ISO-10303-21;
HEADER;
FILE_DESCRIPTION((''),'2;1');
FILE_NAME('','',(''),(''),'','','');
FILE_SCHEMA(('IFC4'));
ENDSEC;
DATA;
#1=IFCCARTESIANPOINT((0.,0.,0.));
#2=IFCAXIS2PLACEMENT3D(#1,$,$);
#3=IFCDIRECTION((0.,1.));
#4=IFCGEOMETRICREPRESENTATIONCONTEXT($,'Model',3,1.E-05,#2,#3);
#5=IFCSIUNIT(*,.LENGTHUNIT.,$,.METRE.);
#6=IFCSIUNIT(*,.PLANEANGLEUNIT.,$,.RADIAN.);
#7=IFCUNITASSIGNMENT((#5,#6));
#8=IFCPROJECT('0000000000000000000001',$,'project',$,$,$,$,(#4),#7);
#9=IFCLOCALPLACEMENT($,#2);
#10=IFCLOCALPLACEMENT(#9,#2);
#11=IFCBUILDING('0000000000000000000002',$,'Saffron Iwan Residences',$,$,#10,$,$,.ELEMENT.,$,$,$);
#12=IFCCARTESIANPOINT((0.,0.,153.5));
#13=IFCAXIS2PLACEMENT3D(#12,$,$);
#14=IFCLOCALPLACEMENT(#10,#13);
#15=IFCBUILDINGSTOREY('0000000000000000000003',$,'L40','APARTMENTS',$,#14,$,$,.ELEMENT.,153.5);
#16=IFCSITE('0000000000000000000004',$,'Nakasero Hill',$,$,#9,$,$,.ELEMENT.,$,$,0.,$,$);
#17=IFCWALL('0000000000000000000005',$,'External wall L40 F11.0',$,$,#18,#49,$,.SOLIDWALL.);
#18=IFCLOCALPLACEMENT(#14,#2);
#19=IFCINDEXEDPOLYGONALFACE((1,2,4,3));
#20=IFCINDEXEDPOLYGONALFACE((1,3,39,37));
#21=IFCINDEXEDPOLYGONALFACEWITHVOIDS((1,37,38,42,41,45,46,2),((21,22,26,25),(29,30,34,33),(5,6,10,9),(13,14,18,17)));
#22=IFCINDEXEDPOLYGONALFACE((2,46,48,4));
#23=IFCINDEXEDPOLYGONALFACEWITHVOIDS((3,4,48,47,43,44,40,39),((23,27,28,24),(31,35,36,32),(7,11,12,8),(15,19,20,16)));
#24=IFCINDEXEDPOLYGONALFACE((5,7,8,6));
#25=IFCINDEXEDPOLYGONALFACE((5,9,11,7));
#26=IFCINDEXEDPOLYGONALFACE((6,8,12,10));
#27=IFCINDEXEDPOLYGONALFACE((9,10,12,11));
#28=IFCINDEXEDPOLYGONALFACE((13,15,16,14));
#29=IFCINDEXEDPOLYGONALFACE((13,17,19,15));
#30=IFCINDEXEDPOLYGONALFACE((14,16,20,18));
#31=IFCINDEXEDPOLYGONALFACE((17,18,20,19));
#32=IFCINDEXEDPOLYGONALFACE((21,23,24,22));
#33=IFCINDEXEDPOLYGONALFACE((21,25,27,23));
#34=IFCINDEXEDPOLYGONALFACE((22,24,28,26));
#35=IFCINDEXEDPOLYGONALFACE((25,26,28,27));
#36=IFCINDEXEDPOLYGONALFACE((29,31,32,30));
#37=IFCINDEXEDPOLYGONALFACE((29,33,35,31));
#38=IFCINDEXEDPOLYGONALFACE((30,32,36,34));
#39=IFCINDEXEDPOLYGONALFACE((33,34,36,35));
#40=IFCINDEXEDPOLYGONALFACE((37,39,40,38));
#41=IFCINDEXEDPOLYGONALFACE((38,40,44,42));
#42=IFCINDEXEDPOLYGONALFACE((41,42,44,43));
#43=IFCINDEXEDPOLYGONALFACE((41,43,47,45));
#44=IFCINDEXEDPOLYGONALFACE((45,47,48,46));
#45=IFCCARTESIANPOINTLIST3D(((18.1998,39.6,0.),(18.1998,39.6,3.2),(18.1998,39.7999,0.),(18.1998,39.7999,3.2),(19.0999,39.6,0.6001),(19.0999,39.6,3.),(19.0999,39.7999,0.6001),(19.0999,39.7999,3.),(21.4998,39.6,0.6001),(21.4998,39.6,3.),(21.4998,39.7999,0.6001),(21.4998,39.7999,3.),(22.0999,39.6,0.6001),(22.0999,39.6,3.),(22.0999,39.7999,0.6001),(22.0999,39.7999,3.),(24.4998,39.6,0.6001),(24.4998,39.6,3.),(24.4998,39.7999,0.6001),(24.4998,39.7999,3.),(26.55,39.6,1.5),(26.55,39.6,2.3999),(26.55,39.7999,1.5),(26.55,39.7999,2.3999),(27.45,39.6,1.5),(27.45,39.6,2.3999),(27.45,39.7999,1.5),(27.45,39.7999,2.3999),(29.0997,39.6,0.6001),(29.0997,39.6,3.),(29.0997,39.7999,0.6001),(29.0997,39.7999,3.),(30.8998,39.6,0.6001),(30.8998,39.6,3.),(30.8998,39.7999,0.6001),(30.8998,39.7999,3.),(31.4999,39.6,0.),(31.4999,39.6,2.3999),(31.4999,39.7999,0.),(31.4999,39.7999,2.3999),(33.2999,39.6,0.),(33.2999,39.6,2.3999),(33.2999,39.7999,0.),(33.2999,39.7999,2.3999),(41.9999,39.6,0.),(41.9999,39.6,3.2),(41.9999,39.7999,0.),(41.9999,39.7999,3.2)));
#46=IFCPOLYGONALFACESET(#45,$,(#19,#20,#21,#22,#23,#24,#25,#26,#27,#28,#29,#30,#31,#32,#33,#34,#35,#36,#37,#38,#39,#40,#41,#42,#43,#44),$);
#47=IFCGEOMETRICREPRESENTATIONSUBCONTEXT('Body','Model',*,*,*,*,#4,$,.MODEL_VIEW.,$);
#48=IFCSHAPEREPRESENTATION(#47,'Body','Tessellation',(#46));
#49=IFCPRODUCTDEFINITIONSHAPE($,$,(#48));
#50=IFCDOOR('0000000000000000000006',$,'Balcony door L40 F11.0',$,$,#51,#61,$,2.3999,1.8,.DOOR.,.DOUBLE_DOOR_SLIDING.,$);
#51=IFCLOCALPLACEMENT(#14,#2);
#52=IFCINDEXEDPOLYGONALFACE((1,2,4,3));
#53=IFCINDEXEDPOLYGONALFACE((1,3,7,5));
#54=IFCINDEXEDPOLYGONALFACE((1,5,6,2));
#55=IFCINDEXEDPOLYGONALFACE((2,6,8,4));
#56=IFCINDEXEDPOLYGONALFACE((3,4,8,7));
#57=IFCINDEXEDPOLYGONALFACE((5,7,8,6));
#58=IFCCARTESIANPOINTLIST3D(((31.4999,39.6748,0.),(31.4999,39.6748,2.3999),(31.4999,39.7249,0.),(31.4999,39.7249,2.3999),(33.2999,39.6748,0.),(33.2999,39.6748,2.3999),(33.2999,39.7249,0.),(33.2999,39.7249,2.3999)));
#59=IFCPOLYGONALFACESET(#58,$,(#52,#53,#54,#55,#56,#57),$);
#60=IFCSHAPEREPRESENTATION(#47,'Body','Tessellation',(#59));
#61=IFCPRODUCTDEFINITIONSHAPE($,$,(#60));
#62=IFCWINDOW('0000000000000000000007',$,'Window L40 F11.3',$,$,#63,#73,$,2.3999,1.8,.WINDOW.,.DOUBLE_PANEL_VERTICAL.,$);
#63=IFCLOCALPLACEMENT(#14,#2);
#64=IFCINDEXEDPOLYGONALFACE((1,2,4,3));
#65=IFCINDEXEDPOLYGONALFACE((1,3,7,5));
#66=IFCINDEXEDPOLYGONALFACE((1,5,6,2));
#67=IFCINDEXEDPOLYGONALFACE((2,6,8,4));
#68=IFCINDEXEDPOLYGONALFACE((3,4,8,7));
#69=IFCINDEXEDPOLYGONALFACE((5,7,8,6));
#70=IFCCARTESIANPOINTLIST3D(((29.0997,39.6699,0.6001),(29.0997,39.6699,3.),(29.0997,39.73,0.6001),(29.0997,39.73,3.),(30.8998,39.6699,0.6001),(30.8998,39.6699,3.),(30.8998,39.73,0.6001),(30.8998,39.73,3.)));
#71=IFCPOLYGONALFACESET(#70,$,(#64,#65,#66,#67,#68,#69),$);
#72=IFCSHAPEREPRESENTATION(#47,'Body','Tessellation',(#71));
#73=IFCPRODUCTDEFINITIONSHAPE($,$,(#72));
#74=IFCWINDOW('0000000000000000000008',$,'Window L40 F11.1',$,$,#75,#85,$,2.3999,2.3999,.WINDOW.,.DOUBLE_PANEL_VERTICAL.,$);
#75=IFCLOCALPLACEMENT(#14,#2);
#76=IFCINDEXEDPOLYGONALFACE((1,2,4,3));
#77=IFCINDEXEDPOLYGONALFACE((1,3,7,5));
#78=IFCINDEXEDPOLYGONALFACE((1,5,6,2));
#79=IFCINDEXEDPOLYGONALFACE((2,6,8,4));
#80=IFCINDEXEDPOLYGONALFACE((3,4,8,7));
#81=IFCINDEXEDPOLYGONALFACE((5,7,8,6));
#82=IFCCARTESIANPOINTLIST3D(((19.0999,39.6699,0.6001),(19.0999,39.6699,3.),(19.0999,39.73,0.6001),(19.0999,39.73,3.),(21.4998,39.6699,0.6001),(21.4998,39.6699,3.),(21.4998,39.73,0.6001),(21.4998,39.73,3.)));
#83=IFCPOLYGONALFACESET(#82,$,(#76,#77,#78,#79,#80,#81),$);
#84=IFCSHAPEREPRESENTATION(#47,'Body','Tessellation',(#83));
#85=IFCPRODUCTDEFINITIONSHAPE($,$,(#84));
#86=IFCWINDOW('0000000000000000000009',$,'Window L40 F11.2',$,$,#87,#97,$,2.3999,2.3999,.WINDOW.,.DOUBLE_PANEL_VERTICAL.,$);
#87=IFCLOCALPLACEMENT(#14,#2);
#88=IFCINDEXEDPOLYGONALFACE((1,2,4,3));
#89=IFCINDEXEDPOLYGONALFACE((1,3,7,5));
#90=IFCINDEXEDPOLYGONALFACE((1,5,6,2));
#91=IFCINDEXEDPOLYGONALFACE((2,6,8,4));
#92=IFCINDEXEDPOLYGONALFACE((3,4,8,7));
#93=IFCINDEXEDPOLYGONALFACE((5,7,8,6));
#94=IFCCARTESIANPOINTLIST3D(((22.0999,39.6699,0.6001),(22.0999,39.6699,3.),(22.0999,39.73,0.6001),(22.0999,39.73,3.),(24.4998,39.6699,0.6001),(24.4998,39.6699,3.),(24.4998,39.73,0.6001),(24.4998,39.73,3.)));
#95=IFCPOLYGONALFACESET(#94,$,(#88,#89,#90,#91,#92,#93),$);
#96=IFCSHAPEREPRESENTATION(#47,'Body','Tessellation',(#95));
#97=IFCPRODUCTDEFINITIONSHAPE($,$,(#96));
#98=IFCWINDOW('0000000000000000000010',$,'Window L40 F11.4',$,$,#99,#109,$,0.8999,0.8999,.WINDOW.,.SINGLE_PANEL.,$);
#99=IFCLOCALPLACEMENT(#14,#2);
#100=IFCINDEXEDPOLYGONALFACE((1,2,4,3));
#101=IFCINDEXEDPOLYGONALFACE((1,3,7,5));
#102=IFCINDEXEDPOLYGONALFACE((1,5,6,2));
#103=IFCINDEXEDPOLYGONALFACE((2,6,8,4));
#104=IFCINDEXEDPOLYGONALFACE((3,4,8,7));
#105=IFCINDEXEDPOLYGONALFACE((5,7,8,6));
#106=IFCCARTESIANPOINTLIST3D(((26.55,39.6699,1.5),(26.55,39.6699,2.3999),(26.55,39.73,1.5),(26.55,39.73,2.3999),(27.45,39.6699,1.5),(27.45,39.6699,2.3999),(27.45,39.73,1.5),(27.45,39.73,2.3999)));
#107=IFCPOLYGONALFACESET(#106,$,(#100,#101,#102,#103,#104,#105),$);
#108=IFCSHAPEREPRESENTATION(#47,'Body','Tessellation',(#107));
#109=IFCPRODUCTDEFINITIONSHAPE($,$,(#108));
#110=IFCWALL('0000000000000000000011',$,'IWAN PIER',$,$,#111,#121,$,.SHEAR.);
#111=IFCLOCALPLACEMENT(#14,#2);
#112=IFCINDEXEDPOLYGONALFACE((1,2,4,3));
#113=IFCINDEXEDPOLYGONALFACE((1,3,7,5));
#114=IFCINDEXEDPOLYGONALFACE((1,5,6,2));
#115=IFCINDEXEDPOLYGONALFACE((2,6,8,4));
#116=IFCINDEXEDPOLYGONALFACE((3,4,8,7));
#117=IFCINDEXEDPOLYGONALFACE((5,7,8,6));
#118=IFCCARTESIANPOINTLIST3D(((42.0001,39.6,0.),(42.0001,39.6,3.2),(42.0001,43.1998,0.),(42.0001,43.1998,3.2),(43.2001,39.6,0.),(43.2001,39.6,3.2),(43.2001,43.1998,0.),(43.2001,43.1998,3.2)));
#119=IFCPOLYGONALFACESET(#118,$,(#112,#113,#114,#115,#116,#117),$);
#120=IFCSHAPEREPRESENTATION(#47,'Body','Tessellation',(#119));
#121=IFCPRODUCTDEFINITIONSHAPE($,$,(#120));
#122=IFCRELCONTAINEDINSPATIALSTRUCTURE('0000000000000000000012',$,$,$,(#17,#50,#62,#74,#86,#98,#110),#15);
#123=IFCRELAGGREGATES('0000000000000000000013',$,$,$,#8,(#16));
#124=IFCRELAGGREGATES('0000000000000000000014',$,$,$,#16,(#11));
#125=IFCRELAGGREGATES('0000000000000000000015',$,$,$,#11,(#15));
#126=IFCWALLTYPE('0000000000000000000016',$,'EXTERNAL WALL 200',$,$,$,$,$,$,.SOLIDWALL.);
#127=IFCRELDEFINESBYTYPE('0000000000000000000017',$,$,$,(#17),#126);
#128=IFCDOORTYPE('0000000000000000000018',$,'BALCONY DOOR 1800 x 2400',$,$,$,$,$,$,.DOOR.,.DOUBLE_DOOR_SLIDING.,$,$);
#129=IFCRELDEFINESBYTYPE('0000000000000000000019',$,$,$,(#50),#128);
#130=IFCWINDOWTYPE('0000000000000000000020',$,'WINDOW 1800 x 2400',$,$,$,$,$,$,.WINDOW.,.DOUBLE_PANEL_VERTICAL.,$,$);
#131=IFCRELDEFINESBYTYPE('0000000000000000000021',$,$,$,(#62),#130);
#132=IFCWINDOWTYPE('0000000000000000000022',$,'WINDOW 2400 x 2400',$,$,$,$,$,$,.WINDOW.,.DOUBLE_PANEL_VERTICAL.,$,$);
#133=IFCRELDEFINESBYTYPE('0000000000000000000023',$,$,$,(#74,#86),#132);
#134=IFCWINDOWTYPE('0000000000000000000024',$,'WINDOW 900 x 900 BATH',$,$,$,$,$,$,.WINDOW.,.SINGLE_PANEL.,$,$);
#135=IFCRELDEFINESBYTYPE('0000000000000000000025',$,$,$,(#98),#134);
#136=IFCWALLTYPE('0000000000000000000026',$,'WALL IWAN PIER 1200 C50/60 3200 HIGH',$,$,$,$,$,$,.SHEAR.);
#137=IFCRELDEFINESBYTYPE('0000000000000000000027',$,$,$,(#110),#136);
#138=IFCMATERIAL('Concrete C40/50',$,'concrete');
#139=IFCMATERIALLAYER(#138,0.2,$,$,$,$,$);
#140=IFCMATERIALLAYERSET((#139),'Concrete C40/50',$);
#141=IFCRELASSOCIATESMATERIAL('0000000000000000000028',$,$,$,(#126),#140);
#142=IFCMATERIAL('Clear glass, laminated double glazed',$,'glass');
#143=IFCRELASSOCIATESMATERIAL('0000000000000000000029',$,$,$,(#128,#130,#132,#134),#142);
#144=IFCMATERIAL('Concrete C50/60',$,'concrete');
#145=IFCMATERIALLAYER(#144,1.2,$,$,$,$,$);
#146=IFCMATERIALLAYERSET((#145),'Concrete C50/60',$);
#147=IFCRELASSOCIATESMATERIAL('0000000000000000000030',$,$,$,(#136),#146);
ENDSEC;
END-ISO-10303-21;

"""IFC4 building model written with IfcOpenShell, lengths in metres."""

from ifc_helpers import new_model, si_unit, direction, frame, frame_2d, origin, place, context, subcontext, project, spatial, rectangle, extrude, material, layer, layer_set, type_object, element, fill, save


model = new_model("IFC4")

# Units and contexts
model_context = context("Model", 3, precision=1e-05, world=origin(), true_north=direction((0.0, 1.0)))
body_context = subcontext(model_context, "Body", "Model", "MODEL_VIEW")
ifc_project = project(units=[si_unit("LENGTHUNIT", "METRE"), si_unit("PLANEANGLEUNIT", "RADIAN")], contexts=[model_context])

# Site, building, storey
site_placement = place(None, origin())
site = spatial("IfcSite", under=ifc_project, at=site_placement, Name="Nakasero Hill", CompositionType="ELEMENT", RefElevation=0.0)
building_placement = place(site_placement, origin())
building = spatial("IfcBuilding", under=site, at=building_placement, Name="Saffron Iwan Residences", CompositionType="ELEMENT")
storey_placement = place(building_placement, frame((0.0, 0.0, 153.5)))
storey = spatial("IfcBuildingStorey", under=building, at=storey_placement, Name="L40", Description="APARTMENTS", CompositionType="ELEMENT", Elevation=153.5)

# Shared definitions
ifc_material_1 = material(Name="Concrete C50/60", Category="concrete")

# Wall, openings, door, windows
ifc_material_2 = material(Name="Concrete C40/50", Category="concrete")
ifc_layer_1 = layer(ifc_material_2, 0.2)
ifc_layer_set_1 = layer_set([ifc_layer_1], Name="Concrete C40/50")
wall_type_1 = type_object("IfcWallType", Name="EXTERNAL WALL 200", PredefinedType="SOLIDWALL", material=ifc_layer_set_1)
wall_1_placement = place(storey_placement, frame((18.2, 39.7, 0.0), z_axis=(0.0, 0.0, 1.0), x_axis=(1.0, 0.0, 0.0)))
wall_1 = element("IfcWall", 1, at=wall_1_placement, inside=storey, type_object=wall_type_1, Name="External wall L40 F11.0", PredefinedType="SOLIDWALL", context=body_context, shape_type="SweptSolid", body=[
    extrude(rectangle(XDim=23.8, YDim=0.2, at=frame_2d((11.8999, 0.0))), origin(), (0.0, 0.0, 1.0), 3.2),
])
opening_1_placement = place(wall_1_placement, frame((13.3, 0.0, 0.0)))
opening_1 = element("IfcOpeningElement", 2, at=opening_1_placement, cuts=wall_1, PredefinedType="OPENING", context=body_context, shape_type="SweptSolid", body=[
    extrude(rectangle(XDim=1.8, YDim=2.3999, at=frame_2d((0.8999, 1.2))), frame((0.0, 0.1099, 0.0), z_axis=(0.0, -1.0, 0.0), x_axis=(1.0, 0.0, 0.0)), (0.0, 0.0, 1.0), 0.22),
])
opening_2_placement = place(wall_1_placement, frame((0.8999, 0.0, 0.6001)))
opening_2 = element("IfcOpeningElement", 3, at=opening_2_placement, cuts=wall_1, PredefinedType="OPENING", context=body_context, shape_type="SweptSolid", body=[
    extrude(rectangle(XDim=2.3999, YDim=2.3999, at=frame_2d((1.2, 1.2))), frame((0.0, 0.1099, 0.0), z_axis=(0.0, -1.0, 0.0), x_axis=(1.0, 0.0, 0.0)), (0.0, 0.0, 1.0), 0.22),
])
opening_3_placement = place(wall_1_placement, frame((3.8999, 0.0, 0.6001)))
opening_3 = element("IfcOpeningElement", 4, at=opening_3_placement, cuts=wall_1, PredefinedType="OPENING", context=body_context, shape_type="SweptSolid", body=[
    extrude(rectangle(XDim=2.3999, YDim=2.3999, at=frame_2d((1.2, 1.2))), frame((0.0, 0.1099, 0.0), z_axis=(0.0, -1.0, 0.0), x_axis=(1.0, 0.0, 0.0)), (0.0, 0.0, 1.0), 0.22),
])
opening_4_placement = place(wall_1_placement, frame((10.8999, 0.0, 0.6001)))
opening_4 = element("IfcOpeningElement", 5, at=opening_4_placement, cuts=wall_1, PredefinedType="OPENING", context=body_context, shape_type="SweptSolid", body=[
    extrude(rectangle(XDim=1.8, YDim=2.3999, at=frame_2d((0.8999, 1.2))), frame((0.0, 0.1099, 0.0), z_axis=(0.0, -1.0, 0.0), x_axis=(1.0, 0.0, 0.0)), (0.0, 0.0, 1.0), 0.22),
])
opening_5_placement = place(wall_1_placement, frame((8.3501, 0.0, 1.5)))
opening_5 = element("IfcOpeningElement", 6, at=opening_5_placement, cuts=wall_1, PredefinedType="OPENING", context=body_context, shape_type="SweptSolid", body=[
    extrude(rectangle(XDim=0.8999, YDim=0.8999, at=frame_2d((0.45, 0.45))), frame((0.0, 0.1099, 0.0), z_axis=(0.0, -1.0, 0.0), x_axis=(1.0, 0.0, 0.0)), (0.0, 0.0, 1.0), 0.22),
])
ifc_material_3 = material(Name="Clear glass, laminated double glazed", Category="glass")
door_type = type_object("IfcDoorType", Name="BALCONY DOOR 1800 x 2400", OperationType="DOUBLE_DOOR_SLIDING", PredefinedType="DOOR", material=ifc_material_3)
door_placement = place(opening_1_placement, origin())
door = element("IfcDoor", 7, at=door_placement, inside=storey, type_object=door_type, Name="Balcony door L40 F11.0", OperationType="DOUBLE_DOOR_SLIDING", OverallHeight=2.3999, OverallWidth=1.8, PredefinedType="DOOR", context=body_context, shape_type="SweptSolid", body=[
    extrude(rectangle(XDim=1.8, YDim=2.3999, at=frame_2d((0.8999, 1.2))), frame((0.0, 0.0249, 0.0), z_axis=(0.0, -1.0, 0.0), x_axis=(1.0, 0.0, 0.0)), (0.0, 0.0, 1.0), 0.05),
])
fill(opening_1, door)
window_type_1 = type_object("IfcWindowType", Name="WINDOW 1800 x 2400", PartitioningType="DOUBLE_PANEL_VERTICAL", PredefinedType="WINDOW", material=ifc_material_3)
window_1_placement = place(opening_4_placement, origin())
window_1 = element("IfcWindow", 8, at=window_1_placement, inside=storey, type_object=window_type_1, Name="Window L40 F11.3", OverallHeight=2.3999, OverallWidth=1.8, PartitioningType="DOUBLE_PANEL_VERTICAL", PredefinedType="WINDOW", context=body_context, shape_type="SweptSolid", body=[
    extrude(rectangle(XDim=1.8, YDim=2.3999, at=frame_2d((0.8999, 1.2))), frame((0.0, 0.03, 0.0), z_axis=(0.0, -1.0, 0.0), x_axis=(1.0, 0.0, 0.0)), (0.0, 0.0, 1.0), 0.0601),
])
fill(opening_4, window_1)
window_type_2 = type_object("IfcWindowType", Name="WINDOW 2400 x 2400", PartitioningType="DOUBLE_PANEL_VERTICAL", PredefinedType="WINDOW", material=ifc_material_3)
window_2_placement = place(opening_2_placement, origin())
window_2 = element("IfcWindow", 9, at=window_2_placement, inside=storey, type_object=window_type_2, Name="Window L40 F11.1", OverallHeight=2.3999, OverallWidth=2.3999, PartitioningType="DOUBLE_PANEL_VERTICAL", PredefinedType="WINDOW", context=body_context, shape_type="SweptSolid", body=[
    extrude(rectangle(XDim=2.3999, YDim=2.3999, at=frame_2d((1.2, 1.2))), frame((0.0, 0.03, 0.0), z_axis=(0.0, -1.0, 0.0), x_axis=(1.0, 0.0, 0.0)), (0.0, 0.0, 1.0), 0.0601),
])
fill(opening_2, window_2)
window_3_placement = place(opening_3_placement, origin())
window_3 = element("IfcWindow", 10, at=window_3_placement, inside=storey, type_object=window_type_2, Name="Window L40 F11.2", OverallHeight=2.3999, OverallWidth=2.3999, PartitioningType="DOUBLE_PANEL_VERTICAL", PredefinedType="WINDOW", context=body_context, shape_type="SweptSolid", body=[
    extrude(rectangle(XDim=2.3999, YDim=2.3999, at=frame_2d((1.2, 1.2))), frame((0.0, 0.03, 0.0), z_axis=(0.0, -1.0, 0.0), x_axis=(1.0, 0.0, 0.0)), (0.0, 0.0, 1.0), 0.0601),
])
fill(opening_3, window_3)
window_type_3 = type_object("IfcWindowType", Name="WINDOW 900 x 900 BATH", PartitioningType="SINGLE_PANEL", PredefinedType="WINDOW", material=ifc_material_3)
window_4_placement = place(opening_5_placement, origin())
window_4 = element("IfcWindow", 11, at=window_4_placement, inside=storey, type_object=window_type_3, Name="Window L40 F11.4", OverallHeight=0.8999, OverallWidth=0.8999, PartitioningType="SINGLE_PANEL", PredefinedType="WINDOW", context=body_context, shape_type="SweptSolid", body=[
    extrude(rectangle(XDim=0.8999, YDim=0.8999, at=frame_2d((0.45, 0.45))), frame((0.0, 0.03, 0.0), z_axis=(0.0, -1.0, 0.0), x_axis=(1.0, 0.0, 0.0)), (0.0, 0.0, 1.0), 0.0601),
])
fill(opening_5, window_4)

# Wall
ifc_layer_2 = layer(ifc_material_1, 1.2)
ifc_layer_set_2 = layer_set([ifc_layer_2], Name="Concrete C50/60")
wall_type_2 = type_object("IfcWallType", Name="WALL IWAN PIER 1200 C50/60 3200 HIGH", PredefinedType="SHEAR", material=ifc_layer_set_2)
wall_2_placement = place(storey_placement, frame((42.6001, 39.6001, 0.0), z_axis=(0.0, 0.0, 1.0), x_axis=(0.0, 1.0, 0.0)))
element("IfcWall", 12, at=wall_2_placement, inside=storey, type_object=wall_type_2, Name="IWAN PIER", PredefinedType="SHEAR", context=body_context, shape_type="SweptSolid", body=[
    extrude(rectangle(XDim=3.5999, YDim=1.2, at=frame_2d((1.7998, 0.0))), origin(), (0.0, 0.0, 1.0), 3.2),
])

save(model, "model.ifc")
